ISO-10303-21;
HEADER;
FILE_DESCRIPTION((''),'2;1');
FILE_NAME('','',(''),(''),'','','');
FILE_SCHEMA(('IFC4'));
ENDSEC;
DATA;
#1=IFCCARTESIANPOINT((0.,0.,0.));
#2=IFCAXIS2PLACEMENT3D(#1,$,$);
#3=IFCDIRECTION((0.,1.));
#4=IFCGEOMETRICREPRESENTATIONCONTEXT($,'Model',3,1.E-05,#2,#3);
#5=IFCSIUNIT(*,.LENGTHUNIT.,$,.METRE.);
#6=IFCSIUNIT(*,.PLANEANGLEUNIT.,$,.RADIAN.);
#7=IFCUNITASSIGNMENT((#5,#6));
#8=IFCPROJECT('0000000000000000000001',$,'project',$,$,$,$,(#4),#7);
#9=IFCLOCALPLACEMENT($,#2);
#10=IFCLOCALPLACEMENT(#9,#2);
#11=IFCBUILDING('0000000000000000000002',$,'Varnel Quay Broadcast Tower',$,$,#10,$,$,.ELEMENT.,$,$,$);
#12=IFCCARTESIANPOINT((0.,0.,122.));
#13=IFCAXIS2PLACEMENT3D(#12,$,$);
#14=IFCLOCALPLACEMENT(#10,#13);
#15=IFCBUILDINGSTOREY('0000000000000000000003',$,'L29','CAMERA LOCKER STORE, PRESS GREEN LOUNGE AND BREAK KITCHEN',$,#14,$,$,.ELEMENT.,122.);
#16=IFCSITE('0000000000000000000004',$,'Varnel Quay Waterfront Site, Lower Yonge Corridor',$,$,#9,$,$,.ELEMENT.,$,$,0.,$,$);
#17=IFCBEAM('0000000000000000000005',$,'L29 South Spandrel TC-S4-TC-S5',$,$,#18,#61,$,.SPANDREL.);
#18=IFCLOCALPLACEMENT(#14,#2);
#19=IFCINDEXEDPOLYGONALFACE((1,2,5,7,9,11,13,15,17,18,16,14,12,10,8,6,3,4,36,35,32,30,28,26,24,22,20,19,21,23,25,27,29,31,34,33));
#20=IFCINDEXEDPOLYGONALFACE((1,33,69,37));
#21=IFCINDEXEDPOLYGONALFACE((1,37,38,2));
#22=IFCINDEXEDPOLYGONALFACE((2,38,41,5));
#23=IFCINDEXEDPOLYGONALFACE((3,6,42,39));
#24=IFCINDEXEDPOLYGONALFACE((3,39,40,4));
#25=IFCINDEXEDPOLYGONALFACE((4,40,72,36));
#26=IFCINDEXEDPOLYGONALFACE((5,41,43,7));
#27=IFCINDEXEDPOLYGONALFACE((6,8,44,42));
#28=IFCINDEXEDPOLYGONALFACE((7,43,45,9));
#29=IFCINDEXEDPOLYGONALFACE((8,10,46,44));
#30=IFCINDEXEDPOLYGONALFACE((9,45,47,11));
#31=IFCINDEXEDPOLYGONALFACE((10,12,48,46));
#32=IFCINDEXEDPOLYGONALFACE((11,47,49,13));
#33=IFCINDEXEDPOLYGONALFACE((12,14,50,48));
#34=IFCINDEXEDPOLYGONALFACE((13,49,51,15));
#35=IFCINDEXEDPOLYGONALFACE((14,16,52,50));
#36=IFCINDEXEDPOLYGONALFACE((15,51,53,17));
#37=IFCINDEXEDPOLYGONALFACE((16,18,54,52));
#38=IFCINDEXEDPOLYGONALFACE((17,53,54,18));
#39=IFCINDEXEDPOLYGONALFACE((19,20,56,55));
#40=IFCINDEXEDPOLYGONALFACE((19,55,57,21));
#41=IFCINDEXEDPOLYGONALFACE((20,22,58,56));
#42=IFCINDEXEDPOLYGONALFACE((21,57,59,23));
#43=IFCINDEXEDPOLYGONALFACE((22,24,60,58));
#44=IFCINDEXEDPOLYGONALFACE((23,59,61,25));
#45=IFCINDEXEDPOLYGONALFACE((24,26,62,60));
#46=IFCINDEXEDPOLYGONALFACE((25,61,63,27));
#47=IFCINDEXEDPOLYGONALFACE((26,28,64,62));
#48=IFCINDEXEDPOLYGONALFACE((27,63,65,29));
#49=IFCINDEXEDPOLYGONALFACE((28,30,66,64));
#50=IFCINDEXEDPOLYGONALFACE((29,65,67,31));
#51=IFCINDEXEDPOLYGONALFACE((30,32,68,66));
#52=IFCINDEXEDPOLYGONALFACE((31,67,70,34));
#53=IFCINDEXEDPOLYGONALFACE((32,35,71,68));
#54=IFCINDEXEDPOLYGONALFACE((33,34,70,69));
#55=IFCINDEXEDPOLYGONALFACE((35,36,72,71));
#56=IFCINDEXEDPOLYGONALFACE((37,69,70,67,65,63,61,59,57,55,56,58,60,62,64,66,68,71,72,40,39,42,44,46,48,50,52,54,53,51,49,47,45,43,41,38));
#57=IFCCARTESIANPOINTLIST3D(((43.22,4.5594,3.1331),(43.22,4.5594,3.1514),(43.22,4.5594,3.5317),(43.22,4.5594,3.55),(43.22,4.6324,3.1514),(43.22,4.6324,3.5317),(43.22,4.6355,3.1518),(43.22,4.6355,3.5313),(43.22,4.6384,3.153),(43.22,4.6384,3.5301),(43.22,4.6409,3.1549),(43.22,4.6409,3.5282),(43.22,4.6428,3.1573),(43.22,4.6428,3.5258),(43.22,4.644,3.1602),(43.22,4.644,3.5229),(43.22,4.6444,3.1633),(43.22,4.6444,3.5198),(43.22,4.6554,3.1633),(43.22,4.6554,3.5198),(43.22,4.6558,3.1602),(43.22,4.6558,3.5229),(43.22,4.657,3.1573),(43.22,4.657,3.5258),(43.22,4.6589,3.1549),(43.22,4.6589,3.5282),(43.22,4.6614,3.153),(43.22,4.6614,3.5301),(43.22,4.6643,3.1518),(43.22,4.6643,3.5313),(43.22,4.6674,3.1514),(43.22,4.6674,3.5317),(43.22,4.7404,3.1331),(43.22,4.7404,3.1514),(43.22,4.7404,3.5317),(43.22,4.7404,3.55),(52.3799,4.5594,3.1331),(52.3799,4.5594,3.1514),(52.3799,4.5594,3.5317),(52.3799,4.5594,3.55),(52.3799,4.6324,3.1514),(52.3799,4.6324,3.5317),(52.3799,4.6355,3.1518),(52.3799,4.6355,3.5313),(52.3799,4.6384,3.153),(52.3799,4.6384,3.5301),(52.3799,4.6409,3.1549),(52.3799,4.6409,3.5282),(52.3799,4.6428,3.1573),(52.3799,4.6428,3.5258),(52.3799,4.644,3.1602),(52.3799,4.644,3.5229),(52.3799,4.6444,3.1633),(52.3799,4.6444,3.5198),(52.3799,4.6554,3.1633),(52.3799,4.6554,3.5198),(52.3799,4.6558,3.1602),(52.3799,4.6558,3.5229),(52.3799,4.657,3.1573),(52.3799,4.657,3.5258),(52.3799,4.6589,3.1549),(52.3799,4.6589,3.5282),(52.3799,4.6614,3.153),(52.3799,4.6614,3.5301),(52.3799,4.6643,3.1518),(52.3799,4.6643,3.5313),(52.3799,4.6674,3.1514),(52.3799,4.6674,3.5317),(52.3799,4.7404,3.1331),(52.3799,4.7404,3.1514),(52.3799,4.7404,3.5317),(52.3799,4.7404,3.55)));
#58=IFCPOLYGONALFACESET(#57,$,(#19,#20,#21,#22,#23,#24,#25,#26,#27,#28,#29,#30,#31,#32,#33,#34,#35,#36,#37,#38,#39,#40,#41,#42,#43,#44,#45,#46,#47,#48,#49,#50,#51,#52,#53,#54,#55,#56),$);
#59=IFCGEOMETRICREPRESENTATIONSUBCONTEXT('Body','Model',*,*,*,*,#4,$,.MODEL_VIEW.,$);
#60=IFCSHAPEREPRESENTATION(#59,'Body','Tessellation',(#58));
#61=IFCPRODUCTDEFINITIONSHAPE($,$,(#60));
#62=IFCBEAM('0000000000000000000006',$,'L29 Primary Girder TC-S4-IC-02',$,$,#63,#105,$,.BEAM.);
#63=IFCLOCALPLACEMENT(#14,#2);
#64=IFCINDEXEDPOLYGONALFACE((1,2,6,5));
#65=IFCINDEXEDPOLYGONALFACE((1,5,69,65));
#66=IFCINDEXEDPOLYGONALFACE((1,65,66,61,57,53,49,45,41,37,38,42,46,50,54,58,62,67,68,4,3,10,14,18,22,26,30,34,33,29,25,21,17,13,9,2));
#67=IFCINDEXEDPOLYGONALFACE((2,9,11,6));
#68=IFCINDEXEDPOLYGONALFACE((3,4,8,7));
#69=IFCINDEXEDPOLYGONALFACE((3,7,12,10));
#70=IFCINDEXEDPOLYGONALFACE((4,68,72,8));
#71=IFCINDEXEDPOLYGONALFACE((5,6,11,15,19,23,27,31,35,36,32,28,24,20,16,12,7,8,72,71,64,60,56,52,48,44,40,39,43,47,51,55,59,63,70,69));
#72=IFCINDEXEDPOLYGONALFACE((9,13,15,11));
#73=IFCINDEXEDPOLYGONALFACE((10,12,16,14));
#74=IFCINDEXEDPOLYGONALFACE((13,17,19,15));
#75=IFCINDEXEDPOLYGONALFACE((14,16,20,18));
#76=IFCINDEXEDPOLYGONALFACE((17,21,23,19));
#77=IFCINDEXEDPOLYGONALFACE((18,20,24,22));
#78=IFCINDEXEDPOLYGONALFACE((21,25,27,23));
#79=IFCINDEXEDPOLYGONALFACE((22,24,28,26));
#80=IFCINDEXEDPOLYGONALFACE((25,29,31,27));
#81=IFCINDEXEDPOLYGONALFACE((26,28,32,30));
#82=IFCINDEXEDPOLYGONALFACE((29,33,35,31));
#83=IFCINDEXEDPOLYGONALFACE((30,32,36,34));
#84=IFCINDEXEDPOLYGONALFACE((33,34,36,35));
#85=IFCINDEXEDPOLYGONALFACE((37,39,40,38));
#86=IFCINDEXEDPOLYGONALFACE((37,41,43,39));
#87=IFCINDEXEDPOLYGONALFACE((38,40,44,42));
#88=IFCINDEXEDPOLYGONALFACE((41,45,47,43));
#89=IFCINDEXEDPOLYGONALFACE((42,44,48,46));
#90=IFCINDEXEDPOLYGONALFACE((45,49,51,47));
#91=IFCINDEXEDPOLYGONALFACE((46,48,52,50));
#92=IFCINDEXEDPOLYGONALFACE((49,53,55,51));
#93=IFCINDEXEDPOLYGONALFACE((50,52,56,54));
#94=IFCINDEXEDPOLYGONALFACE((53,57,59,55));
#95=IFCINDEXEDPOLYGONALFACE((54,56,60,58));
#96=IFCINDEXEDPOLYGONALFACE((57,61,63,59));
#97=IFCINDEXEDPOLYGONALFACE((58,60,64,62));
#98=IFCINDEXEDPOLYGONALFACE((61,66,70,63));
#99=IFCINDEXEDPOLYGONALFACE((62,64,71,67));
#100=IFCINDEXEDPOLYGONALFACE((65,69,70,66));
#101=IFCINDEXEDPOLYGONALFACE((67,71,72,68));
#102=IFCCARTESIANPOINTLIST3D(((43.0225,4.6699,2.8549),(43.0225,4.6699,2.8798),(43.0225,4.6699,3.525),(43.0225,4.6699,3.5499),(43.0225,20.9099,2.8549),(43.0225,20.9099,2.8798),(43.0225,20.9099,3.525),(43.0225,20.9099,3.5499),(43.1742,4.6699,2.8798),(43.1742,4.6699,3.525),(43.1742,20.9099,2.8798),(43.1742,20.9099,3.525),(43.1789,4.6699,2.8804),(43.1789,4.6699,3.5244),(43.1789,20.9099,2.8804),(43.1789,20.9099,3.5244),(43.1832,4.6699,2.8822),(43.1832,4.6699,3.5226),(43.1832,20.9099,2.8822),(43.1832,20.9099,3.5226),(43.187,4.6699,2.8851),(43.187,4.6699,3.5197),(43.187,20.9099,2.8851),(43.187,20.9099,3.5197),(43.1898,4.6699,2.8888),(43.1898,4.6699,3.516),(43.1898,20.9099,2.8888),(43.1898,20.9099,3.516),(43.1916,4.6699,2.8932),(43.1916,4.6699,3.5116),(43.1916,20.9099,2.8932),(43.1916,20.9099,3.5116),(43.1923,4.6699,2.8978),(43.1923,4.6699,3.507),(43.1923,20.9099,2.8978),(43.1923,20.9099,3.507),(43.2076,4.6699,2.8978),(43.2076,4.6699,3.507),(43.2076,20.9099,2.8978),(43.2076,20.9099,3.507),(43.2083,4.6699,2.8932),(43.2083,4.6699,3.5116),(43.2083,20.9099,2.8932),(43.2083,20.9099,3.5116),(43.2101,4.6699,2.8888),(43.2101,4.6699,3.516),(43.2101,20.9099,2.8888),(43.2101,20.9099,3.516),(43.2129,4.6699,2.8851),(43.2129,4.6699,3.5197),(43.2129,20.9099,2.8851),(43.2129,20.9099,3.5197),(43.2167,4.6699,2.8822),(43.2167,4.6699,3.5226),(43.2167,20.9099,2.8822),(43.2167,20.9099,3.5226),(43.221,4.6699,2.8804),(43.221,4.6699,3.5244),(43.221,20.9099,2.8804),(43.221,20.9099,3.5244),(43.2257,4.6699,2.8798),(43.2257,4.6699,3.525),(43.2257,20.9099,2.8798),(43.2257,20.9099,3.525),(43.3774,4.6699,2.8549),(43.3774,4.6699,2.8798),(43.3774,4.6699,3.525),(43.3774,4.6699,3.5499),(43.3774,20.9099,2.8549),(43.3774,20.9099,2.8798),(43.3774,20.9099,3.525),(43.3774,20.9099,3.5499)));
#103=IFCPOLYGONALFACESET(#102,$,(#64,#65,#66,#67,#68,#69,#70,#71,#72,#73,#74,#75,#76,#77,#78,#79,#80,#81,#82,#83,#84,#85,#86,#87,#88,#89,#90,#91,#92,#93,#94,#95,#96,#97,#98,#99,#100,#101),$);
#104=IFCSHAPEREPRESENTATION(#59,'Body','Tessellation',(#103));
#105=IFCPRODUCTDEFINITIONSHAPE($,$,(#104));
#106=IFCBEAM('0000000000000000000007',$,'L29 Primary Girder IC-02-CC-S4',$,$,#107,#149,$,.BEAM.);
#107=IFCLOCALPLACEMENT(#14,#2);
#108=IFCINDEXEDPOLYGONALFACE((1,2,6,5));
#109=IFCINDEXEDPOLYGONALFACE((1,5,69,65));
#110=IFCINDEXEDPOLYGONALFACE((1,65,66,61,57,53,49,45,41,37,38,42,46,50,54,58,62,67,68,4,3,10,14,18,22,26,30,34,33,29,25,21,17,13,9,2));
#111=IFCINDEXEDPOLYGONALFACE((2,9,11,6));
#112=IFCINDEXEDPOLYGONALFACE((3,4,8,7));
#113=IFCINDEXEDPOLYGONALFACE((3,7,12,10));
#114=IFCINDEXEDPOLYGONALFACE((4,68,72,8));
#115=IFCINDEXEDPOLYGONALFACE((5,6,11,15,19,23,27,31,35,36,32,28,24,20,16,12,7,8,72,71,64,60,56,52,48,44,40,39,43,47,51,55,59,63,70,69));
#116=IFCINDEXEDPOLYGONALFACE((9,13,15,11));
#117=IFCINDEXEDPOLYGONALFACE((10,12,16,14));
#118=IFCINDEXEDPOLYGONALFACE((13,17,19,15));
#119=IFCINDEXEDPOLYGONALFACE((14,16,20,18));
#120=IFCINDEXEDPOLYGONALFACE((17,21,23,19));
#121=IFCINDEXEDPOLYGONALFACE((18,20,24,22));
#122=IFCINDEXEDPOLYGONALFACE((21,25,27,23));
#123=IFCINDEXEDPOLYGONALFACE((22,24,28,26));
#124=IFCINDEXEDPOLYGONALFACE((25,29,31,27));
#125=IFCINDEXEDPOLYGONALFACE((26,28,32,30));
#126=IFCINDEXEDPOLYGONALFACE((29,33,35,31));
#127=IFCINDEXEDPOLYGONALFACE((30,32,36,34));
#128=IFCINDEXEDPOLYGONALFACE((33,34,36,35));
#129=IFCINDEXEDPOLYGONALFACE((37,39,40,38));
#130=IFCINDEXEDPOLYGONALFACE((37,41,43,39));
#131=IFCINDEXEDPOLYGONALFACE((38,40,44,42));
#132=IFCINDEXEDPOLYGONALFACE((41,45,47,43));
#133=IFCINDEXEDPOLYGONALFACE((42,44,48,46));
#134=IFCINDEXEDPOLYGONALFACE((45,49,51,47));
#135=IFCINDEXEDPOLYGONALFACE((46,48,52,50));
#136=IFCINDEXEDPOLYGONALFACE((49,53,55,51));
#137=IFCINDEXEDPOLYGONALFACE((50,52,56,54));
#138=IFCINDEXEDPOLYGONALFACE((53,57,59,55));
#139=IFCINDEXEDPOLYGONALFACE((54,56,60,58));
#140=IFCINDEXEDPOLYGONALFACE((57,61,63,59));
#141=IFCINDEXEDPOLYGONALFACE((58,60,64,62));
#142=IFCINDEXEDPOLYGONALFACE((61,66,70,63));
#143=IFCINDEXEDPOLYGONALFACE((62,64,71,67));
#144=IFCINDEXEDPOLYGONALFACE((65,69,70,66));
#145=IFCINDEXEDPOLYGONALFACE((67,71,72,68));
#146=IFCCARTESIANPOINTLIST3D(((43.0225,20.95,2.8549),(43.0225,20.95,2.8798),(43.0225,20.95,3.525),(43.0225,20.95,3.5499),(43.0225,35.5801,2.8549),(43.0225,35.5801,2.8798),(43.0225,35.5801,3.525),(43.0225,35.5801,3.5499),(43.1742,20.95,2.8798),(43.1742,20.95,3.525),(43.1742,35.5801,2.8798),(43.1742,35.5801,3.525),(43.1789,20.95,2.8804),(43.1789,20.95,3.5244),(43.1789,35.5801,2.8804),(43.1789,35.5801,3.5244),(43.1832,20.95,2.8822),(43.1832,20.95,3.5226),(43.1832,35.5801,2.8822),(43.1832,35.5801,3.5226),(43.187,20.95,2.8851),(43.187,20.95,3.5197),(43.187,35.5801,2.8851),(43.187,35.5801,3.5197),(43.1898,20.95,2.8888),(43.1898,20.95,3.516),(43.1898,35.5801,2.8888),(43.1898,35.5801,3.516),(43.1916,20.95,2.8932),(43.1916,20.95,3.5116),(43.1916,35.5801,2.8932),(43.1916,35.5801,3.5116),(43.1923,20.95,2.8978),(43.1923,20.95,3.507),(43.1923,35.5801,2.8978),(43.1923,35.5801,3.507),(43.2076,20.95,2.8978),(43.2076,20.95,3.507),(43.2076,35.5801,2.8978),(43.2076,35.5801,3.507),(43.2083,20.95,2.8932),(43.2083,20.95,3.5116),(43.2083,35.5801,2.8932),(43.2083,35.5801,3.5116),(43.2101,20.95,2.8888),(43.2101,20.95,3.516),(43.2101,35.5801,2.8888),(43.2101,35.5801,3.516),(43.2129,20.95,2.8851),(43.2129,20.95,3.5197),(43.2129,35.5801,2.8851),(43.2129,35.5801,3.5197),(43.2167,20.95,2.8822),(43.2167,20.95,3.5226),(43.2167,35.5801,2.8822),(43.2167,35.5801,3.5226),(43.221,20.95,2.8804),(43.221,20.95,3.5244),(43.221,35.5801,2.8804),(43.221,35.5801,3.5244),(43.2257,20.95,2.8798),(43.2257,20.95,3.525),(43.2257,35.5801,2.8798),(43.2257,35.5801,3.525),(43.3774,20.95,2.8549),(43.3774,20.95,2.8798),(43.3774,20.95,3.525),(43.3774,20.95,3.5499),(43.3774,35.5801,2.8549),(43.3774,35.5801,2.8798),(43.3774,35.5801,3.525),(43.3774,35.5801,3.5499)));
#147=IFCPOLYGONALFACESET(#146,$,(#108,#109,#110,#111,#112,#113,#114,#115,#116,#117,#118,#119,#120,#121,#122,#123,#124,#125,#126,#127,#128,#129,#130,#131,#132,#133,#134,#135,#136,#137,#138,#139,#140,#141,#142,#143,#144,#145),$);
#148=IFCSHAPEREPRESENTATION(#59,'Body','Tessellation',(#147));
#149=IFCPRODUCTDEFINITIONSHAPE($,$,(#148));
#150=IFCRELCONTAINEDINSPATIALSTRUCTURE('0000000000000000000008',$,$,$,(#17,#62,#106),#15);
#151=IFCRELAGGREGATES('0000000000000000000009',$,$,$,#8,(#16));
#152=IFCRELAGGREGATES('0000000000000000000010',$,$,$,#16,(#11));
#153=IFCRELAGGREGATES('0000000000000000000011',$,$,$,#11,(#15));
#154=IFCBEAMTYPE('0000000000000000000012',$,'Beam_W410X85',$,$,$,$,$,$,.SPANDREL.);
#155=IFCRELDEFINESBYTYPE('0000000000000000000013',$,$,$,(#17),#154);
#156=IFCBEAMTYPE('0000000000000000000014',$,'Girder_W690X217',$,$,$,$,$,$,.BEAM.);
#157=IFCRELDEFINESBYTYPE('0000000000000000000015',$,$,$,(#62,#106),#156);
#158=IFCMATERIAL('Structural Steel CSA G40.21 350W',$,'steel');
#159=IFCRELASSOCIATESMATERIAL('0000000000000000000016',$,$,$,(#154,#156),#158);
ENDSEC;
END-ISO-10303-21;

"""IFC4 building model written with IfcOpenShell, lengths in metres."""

from ifc_helpers import new_model, si_unit, direction, frame, origin, origin_2d, place, context, subcontext, project, spatial, i_section, extrude, source, transform, mapped, material, material_profile, profile_set, type_object, type_shapes, element, save


model = new_model("IFC4")

# Units and contexts
model_context = context("Model", 3, precision=1e-05, world=origin(), true_north=direction((0.0, 1.0)))
body_context = subcontext(model_context, "Body", "Model", "MODEL_VIEW")
ifc_project = project(units=[si_unit("LENGTHUNIT", "METRE"), si_unit("PLANEANGLEUNIT", "RADIAN")], contexts=[model_context])

# Site, building, storey
site_placement = place(None, origin())
site = spatial("IfcSite", under=ifc_project, at=site_placement, Name="Varnel Quay Waterfront Site, Lower Yonge Corridor", CompositionType="ELEMENT", RefElevation=0.0)
building_placement = place(site_placement, origin())
building = spatial("IfcBuilding", under=site, at=building_placement, Name="Varnel Quay Broadcast Tower", CompositionType="ELEMENT")
storey_placement = place(building_placement, frame((0.0, 0.0, 122.0)))
storey = spatial("IfcBuildingStorey", under=building, at=storey_placement, Name="L29", Description="CAMERA LOCKER STORE, PRESS GREEN LOUNGE AND BREAK KITCHEN", CompositionType="ELEMENT", Elevation=122.0)

# Shared definitions
ifc_material_1 = material(Name="Structural Steel CSA G40.21 350W", Category="steel")

# Beams
ifc_material_profile_1 = material_profile(ifc_material_1, i_section(OverallWidth=0.1809, OverallDepth=0.417, WebThickness=0.011, FlangeThickness=0.0183, FilletRadius=0.012, at=origin_2d()), Name="W410X85")
ifc_profile_set_1 = profile_set([ifc_material_profile_1], Name="Structural Steel CSA G40.21 350W")
beam_type_1 = type_object("IfcBeamType", Name="Beam_W410X85", PredefinedType="SPANDREL", material=ifc_profile_set_1)
shared_shape_1 = source(origin(), body_context, "Body", "SweptSolid", [
    extrude(i_section(OverallWidth=0.1809, OverallDepth=0.417, WebThickness=0.011, FlangeThickness=0.0183, FilletRadius=0.012, at=origin_2d()), origin(), (0.0, 0.0, 1.0), 9.1599),
])
type_shapes(beam_type_1, [shared_shape_1])
for number, where, z_axis, x_axis, name in (
    (1, (43.22, 4.6499, 3.3416), (1.0, 0.0, 0.0), (0.0, 1.0, 0.0), "L29 South Spandrel TC-S4-TC-S5"),
):
    element("IfcBeam", number, at=place(storey_placement, frame(where, z_axis=z_axis, x_axis=x_axis)), inside=storey, type_object=beam_type_1, Name=name, PredefinedType="SPANDREL", context=body_context, shape_type="MappedRepresentation", body=[
        mapped(shared_shape_1, transform((0.0, 0.0, 0.0), x_axis=(1.0, 0.0, 0.0), y_axis=(0.0, 1.0, 0.0), z_axis=(0.0, 0.0, 1.0), scale=1.0)),
    ])
ifc_material_profile_2 = material_profile(ifc_material_1, i_section(OverallWidth=0.355, OverallDepth=0.6951, WebThickness=0.0154, FlangeThickness=0.0249, FilletRadius=0.0181, at=origin_2d()), Name="W690X217")
ifc_profile_set_2 = profile_set([ifc_material_profile_2], Name="Structural Steel CSA G40.21 350W")
beam_type_2 = type_object("IfcBeamType", Name="Girder_W690X217", PredefinedType="BEAM", material=ifc_profile_set_2)
shared_shape_2 = source(origin(), body_context, "Body", "SweptSolid", [
    extrude(i_section(OverallWidth=0.355, OverallDepth=0.6951, WebThickness=0.0154, FlangeThickness=0.0249, FilletRadius=0.0181, at=origin_2d()), origin(), (0.0, 0.0, 1.0), 16.24),
])
beam_1_placement = place(storey_placement, frame((43.2, 4.6699, 3.2024), z_axis=(0.0, 1.0, 0.0), x_axis=(-1.0, 0.0, 0.0)))
element("IfcBeam", 2, at=beam_1_placement, inside=storey, type_object=beam_type_2, Name="L29 Primary Girder TC-S4-IC-02", PredefinedType="BEAM", context=body_context, shape_type="MappedRepresentation", body=[
    mapped(shared_shape_2, transform((0.0, 0.0, 0.0), x_axis=(1.0, 0.0, 0.0), y_axis=(0.0, 1.0, 0.0), z_axis=(0.0, 0.0, 1.0), scale=1.0)),
])
shared_shape_3 = source(origin(), body_context, "Body", "SweptSolid", [
    extrude(i_section(OverallWidth=0.355, OverallDepth=0.6951, WebThickness=0.0154, FlangeThickness=0.0249, FilletRadius=0.0181, at=origin_2d()), origin(), (0.0, 0.0, 1.0), 14.6301),
])
beam_2_placement = place(storey_placement, frame((43.2, 20.95, 3.2024), z_axis=(0.0, 1.0, 0.0), x_axis=(-1.0, 0.0, 0.0)))
element("IfcBeam", 3, at=beam_2_placement, inside=storey, type_object=beam_type_2, Name="L29 Primary Girder IC-02-CC-S4", PredefinedType="BEAM", context=body_context, shape_type="MappedRepresentation", body=[
    mapped(shared_shape_3, transform((0.0, 0.0, 0.0), x_axis=(1.0, 0.0, 0.0), y_axis=(0.0, 1.0, 0.0), z_axis=(0.0, 0.0, 1.0), scale=1.0)),
])

save(model, "model.ifc")
